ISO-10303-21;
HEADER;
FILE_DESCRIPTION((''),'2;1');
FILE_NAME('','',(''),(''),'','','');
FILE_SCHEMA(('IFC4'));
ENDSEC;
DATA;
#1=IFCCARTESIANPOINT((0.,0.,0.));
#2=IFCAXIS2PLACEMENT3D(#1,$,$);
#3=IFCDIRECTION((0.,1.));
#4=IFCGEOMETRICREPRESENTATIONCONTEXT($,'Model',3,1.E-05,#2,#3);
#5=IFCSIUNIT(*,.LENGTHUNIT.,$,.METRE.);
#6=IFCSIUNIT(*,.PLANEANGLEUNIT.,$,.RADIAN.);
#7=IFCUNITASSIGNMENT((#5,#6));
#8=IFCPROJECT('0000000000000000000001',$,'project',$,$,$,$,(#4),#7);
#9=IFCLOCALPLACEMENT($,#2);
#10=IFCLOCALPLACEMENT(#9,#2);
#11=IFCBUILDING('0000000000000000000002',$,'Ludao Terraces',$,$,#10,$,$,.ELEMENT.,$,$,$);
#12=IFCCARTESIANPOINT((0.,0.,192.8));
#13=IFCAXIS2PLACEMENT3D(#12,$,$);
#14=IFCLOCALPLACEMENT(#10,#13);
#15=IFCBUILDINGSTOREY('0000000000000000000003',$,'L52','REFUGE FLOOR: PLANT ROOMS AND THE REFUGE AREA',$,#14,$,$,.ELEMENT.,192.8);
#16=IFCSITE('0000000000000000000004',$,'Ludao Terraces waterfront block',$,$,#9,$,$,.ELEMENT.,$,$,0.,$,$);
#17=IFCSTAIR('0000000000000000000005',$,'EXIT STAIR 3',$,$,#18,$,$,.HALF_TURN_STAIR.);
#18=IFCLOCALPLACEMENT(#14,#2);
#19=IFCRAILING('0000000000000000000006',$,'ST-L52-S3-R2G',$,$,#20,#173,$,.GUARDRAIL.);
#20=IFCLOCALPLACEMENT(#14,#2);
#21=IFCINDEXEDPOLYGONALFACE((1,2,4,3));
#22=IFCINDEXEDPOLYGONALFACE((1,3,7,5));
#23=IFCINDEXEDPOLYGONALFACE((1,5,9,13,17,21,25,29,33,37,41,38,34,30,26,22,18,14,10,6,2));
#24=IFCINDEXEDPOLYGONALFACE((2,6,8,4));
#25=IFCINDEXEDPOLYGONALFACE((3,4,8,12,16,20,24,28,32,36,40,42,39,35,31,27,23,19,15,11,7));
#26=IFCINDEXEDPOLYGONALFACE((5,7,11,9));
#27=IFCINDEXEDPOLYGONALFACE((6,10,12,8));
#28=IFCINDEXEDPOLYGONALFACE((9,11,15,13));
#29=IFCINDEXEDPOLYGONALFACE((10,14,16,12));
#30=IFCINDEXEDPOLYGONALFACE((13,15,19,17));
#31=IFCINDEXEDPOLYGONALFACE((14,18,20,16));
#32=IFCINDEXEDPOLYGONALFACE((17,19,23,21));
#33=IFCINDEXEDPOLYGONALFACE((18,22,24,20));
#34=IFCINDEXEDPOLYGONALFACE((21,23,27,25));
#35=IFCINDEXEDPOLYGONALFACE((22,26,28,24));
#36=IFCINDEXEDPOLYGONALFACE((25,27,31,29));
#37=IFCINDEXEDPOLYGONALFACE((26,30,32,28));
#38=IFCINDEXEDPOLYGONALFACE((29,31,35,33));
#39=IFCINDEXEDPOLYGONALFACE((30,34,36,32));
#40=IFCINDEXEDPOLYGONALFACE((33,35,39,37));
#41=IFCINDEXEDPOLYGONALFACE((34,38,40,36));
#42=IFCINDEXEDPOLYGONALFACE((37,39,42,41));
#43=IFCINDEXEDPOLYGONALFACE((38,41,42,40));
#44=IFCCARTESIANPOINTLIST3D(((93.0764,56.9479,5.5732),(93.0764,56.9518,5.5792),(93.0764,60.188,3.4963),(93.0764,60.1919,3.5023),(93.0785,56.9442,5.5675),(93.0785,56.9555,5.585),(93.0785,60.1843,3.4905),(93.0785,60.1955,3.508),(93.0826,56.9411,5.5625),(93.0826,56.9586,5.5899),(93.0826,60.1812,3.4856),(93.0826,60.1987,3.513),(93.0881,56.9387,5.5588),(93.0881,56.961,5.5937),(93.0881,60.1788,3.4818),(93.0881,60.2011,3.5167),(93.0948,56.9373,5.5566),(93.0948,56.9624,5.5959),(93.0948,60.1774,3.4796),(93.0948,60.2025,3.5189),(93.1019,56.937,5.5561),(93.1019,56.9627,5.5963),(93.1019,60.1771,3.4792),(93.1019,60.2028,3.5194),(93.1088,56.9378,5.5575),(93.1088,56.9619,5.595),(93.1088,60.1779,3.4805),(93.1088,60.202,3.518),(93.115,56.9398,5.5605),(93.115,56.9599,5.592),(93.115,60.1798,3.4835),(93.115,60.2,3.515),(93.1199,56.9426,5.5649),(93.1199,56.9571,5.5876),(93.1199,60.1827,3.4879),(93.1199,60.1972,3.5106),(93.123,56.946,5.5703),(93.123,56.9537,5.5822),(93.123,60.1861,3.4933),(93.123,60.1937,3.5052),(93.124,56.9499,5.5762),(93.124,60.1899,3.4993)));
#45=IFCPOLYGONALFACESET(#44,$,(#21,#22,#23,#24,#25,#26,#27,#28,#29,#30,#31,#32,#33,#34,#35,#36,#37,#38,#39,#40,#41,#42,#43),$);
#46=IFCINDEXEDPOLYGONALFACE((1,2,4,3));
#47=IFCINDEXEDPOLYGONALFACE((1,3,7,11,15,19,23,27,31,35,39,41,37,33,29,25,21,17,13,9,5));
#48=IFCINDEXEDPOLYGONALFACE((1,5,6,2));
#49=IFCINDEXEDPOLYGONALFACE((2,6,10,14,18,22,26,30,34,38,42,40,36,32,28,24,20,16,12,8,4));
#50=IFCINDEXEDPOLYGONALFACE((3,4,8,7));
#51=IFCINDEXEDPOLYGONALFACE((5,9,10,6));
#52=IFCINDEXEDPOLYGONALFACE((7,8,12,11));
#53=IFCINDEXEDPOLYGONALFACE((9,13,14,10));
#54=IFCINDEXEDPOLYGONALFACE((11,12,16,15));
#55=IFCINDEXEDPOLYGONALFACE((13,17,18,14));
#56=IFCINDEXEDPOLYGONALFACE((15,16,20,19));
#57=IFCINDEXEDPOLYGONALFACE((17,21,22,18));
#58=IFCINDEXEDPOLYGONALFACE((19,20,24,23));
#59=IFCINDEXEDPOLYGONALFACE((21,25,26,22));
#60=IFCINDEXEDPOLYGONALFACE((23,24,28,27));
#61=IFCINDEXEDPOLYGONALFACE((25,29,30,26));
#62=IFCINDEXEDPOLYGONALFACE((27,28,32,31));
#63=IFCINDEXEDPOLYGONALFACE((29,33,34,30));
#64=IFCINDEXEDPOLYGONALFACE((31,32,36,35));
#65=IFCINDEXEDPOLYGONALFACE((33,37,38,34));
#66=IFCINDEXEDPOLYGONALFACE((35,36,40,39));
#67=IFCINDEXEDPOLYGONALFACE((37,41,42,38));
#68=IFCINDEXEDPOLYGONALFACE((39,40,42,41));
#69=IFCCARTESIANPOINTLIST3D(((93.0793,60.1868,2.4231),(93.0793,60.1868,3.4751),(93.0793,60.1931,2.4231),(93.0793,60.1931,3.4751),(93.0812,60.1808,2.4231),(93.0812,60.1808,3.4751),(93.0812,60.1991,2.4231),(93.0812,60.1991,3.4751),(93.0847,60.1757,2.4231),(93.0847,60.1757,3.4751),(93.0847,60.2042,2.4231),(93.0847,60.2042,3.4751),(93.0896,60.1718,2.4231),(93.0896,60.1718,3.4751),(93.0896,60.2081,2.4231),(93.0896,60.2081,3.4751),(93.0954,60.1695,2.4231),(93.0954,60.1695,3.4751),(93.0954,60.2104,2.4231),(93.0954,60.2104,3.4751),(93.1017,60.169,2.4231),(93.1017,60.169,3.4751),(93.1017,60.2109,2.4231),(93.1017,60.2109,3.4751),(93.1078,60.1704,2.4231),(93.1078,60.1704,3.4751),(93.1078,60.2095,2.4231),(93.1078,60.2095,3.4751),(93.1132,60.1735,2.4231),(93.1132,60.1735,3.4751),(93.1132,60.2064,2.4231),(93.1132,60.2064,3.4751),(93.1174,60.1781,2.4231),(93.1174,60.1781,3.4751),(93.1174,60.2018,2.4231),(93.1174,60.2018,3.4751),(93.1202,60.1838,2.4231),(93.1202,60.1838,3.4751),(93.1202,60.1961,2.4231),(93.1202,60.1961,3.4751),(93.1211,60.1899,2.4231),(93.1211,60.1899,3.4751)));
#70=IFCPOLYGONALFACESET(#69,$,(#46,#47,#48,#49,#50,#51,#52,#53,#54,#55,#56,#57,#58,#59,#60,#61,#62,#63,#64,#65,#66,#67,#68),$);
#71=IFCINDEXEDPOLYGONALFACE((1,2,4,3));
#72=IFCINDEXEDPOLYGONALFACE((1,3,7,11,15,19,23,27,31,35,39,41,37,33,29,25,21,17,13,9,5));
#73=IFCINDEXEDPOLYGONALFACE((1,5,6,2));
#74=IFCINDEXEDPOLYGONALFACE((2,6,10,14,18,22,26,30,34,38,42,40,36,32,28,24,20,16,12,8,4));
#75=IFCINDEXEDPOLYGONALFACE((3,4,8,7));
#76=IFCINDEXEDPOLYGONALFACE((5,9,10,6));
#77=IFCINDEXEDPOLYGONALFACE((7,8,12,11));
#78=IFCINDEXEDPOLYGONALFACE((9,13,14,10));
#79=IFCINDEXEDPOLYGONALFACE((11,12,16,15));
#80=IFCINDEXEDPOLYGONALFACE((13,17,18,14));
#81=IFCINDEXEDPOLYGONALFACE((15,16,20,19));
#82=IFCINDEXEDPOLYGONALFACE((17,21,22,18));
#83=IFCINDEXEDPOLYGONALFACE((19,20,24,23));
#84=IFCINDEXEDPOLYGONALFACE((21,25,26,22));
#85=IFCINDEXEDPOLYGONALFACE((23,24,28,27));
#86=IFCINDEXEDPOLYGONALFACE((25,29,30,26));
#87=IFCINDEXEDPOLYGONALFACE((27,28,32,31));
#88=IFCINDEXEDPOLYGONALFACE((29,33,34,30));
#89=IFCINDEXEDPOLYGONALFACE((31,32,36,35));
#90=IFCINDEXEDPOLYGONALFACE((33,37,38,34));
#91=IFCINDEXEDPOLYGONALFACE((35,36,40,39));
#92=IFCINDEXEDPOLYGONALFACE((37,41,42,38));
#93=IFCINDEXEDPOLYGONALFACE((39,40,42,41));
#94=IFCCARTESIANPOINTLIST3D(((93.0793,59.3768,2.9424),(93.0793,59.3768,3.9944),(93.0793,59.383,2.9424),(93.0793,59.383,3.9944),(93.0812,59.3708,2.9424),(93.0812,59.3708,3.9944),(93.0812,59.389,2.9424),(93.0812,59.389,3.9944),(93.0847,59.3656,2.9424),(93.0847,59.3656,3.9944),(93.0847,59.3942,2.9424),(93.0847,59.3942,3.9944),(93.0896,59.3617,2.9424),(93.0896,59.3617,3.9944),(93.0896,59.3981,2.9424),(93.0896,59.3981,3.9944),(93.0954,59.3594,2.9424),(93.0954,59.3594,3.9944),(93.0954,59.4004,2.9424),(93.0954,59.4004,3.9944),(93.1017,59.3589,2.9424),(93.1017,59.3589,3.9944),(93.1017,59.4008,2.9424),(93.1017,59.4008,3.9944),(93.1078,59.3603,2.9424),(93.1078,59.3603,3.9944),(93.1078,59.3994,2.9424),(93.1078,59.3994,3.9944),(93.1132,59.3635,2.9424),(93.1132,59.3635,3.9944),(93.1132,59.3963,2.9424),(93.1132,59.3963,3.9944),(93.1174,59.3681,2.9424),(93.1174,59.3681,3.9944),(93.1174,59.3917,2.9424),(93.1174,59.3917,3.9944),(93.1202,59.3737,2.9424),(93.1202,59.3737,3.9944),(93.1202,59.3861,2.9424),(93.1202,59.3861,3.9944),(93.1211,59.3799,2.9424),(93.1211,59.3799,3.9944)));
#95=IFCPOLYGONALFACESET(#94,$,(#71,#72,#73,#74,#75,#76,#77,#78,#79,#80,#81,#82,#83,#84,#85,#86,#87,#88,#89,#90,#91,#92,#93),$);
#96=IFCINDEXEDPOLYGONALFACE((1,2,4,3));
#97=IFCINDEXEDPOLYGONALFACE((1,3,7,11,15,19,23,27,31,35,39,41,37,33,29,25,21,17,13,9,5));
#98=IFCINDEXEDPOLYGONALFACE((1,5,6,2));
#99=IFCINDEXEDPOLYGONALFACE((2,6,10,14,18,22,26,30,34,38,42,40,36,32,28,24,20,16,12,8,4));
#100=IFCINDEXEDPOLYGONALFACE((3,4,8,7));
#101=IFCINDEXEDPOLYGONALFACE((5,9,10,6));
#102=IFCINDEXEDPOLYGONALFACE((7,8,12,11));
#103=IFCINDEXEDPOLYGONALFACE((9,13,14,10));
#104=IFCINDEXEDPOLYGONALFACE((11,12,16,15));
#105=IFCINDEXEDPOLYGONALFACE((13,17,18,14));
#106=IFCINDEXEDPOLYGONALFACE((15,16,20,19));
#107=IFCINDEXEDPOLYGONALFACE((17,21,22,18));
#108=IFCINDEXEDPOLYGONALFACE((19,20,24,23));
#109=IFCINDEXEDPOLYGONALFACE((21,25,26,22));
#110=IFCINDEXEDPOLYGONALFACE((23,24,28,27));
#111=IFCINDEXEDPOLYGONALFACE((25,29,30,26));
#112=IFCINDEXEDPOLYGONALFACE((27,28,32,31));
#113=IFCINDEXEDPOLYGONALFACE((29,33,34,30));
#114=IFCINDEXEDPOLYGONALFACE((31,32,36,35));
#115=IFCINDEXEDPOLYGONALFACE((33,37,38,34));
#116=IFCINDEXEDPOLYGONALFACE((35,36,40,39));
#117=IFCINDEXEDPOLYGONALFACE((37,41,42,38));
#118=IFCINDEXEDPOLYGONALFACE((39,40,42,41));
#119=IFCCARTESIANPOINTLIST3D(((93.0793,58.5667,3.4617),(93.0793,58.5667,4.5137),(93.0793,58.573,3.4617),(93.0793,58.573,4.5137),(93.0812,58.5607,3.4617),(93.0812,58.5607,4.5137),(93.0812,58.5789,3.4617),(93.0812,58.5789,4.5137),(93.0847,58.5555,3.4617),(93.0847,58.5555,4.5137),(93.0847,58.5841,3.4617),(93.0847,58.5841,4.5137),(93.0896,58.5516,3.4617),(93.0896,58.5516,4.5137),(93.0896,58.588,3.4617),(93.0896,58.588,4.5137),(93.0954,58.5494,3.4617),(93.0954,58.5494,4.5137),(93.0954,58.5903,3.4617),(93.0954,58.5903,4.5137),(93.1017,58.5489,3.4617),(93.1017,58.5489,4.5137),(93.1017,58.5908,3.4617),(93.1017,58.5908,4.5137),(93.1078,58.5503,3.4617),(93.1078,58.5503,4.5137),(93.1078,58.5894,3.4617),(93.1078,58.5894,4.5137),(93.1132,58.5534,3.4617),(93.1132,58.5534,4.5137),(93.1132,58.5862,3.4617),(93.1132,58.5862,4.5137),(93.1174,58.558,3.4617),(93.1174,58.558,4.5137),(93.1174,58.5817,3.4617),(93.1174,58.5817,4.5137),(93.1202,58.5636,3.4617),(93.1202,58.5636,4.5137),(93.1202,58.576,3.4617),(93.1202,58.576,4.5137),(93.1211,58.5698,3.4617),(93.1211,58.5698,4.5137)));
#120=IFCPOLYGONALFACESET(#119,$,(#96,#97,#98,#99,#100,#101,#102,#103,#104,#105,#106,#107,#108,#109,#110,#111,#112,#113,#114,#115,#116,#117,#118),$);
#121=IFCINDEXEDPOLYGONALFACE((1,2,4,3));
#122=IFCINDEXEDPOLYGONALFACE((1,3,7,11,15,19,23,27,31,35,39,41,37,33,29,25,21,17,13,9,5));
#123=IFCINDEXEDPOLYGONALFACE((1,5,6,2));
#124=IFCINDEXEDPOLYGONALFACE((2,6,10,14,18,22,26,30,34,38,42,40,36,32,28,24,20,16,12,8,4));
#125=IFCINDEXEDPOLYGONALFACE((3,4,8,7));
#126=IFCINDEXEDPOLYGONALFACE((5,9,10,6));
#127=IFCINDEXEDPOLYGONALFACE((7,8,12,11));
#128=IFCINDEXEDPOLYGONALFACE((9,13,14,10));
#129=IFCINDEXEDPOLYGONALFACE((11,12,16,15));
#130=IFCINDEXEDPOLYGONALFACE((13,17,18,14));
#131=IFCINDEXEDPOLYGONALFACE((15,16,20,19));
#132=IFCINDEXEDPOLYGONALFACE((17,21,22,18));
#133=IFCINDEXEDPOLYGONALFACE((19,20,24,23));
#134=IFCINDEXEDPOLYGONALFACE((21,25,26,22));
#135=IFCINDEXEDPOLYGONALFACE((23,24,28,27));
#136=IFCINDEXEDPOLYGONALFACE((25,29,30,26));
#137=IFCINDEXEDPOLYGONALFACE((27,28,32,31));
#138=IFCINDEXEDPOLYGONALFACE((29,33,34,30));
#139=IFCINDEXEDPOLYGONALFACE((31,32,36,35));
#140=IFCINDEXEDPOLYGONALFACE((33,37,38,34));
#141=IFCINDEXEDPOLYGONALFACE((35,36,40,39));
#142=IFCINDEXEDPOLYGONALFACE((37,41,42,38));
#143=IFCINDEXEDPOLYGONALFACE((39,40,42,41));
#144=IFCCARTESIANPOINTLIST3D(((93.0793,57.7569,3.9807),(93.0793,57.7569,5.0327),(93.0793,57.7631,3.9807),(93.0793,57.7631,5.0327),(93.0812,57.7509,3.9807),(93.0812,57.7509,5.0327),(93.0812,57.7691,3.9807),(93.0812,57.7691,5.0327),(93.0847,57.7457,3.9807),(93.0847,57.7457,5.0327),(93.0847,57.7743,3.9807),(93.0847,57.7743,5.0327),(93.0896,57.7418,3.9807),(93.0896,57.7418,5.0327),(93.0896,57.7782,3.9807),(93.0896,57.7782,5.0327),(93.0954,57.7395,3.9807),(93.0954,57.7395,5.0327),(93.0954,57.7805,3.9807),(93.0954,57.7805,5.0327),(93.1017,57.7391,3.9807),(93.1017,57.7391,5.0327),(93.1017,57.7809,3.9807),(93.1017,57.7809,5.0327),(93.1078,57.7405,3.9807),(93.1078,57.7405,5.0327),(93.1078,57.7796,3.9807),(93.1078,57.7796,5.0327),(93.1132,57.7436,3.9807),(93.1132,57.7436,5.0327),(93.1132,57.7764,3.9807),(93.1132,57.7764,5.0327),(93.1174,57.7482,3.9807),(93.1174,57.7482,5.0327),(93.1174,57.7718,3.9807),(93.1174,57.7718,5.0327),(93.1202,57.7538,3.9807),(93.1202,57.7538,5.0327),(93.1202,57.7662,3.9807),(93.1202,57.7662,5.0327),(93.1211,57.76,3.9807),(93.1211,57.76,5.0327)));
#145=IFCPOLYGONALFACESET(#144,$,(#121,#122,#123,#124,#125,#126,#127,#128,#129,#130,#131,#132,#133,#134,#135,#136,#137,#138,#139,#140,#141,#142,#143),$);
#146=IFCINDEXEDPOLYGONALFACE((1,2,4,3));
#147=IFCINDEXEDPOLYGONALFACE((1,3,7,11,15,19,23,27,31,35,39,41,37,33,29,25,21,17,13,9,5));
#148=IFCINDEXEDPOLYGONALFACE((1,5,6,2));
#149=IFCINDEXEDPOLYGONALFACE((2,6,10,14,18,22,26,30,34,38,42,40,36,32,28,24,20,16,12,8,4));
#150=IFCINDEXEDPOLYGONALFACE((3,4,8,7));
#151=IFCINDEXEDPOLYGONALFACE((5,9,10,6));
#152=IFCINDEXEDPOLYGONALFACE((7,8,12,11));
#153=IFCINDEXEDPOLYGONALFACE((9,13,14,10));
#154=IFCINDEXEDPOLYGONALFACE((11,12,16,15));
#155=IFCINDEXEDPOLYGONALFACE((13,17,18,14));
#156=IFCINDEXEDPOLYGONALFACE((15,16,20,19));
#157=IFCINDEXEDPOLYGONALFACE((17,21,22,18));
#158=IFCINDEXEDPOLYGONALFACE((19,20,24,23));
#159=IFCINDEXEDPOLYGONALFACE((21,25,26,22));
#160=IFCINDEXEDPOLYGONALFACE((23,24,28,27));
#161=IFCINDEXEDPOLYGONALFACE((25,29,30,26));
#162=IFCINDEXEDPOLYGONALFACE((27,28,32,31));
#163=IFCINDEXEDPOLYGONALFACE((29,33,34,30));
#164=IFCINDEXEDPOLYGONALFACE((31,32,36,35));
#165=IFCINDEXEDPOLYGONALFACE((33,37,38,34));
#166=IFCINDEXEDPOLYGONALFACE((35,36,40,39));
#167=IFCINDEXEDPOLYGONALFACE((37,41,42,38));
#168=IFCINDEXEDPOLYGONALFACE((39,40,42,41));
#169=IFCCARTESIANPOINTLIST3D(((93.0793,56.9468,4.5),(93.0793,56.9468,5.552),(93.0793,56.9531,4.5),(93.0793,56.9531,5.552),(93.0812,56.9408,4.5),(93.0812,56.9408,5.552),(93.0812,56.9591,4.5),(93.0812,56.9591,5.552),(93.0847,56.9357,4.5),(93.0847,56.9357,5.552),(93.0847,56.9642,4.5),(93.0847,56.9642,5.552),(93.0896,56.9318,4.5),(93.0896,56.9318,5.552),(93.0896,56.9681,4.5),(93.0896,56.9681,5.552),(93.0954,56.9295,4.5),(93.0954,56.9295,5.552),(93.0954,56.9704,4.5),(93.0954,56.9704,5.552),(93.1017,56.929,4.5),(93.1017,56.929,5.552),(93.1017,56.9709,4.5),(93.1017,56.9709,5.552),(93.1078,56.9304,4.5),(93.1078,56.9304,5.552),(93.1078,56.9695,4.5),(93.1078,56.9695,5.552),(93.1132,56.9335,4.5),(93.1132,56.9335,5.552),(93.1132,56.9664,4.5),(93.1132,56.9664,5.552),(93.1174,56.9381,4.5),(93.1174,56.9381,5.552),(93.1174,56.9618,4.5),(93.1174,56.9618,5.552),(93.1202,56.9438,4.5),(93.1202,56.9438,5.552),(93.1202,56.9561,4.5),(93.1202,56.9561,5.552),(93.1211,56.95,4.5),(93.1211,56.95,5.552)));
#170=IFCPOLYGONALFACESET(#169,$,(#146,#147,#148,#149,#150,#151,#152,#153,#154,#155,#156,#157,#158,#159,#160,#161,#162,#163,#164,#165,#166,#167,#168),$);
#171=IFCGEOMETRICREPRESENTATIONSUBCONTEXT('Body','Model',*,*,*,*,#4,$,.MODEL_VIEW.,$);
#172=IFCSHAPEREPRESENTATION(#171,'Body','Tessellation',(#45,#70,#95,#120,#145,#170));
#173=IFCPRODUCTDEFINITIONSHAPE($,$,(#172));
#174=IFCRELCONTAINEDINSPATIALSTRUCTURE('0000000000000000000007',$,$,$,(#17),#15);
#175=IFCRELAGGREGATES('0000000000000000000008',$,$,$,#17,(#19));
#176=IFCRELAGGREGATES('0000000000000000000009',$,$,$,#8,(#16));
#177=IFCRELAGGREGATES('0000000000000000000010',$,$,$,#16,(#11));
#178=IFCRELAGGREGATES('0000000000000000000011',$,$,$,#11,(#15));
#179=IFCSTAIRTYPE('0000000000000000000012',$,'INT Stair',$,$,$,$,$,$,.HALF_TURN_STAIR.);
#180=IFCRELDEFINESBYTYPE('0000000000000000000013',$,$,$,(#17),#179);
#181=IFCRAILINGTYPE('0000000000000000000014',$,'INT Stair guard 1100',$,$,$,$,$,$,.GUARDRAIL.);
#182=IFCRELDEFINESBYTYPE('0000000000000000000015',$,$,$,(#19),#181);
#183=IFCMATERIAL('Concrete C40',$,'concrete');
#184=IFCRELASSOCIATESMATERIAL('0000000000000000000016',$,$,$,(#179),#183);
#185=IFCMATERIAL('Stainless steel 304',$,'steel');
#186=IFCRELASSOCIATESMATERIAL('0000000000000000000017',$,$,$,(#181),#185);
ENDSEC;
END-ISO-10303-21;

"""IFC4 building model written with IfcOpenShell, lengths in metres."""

from ifc_helpers import new_model, si_unit, direction, frame, origin, origin_2d, place, context, subcontext, project, spatial, circle, extrude, material, type_object, element, aggregate, save


model = new_model("IFC4")

# Units and contexts
model_context = context("Model", 3, precision=1e-05, world=origin(), true_north=direction((0.0, 1.0)))
body_context = subcontext(model_context, "Body", "Model", "MODEL_VIEW")
ifc_project = project(units=[si_unit("LENGTHUNIT", "METRE"), si_unit("PLANEANGLEUNIT", "RADIAN")], contexts=[model_context])

# Site, building, storey
site_placement = place(None, origin())
site = spatial("IfcSite", under=ifc_project, at=site_placement, Name="Ludao Terraces waterfront block", CompositionType="ELEMENT", RefElevation=0.0)
building_placement = place(site_placement, origin())
building = spatial("IfcBuilding", under=site, at=building_placement, Name="Ludao Terraces", CompositionType="ELEMENT")
storey_placement = place(building_placement, frame((0.0, 0.0, 192.8)))
storey = spatial("IfcBuildingStorey", under=building, at=storey_placement, Name="L52", Description="REFUGE FLOOR: PLANT ROOMS AND THE REFUGE AREA", CompositionType="ELEMENT", Elevation=192.8)

# Stair, railing
ifc_material_1 = material(Name="Concrete C40", Category="concrete")
stair_type = type_object("IfcStairType", Name="INT Stair", PredefinedType="HALF_TURN_STAIR", material=ifc_material_1)
stair_placement = place(storey_placement, origin())
stair = element("IfcStair", 1, at=stair_placement, inside=storey, type_object=stair_type, Name="EXIT STAIR 3", PredefinedType="HALF_TURN_STAIR")
ifc_material_2 = material(Name="Stainless steel 304", Category="steel")
railing_type_1 = type_object("IfcRailingType", Name="INT Stair guard 1100", PredefinedType="GUARDRAIL", material=ifc_material_2)
railing_1_placement = place(storey_placement, frame((93.1001, 60.1899, 2.4231)))
railing_1 = element("IfcRailing", 2, at=railing_1_placement, type_object=railing_type_1, Name="ST-L52-S3-R2G", PredefinedType="GUARDRAIL", context=body_context, shape_type="SweptSolid", body=[
    extrude(circle(Radius=0.0239, at=origin_2d()), frame((0.0, 0.0, 1.0762), z_axis=(0.0, -0.841881, 0.539664), x_axis=(1.0, 0.0, 0.0)), (0.0, 0.0, 1.0), 3.8486),
    extrude(circle(Radius=0.021, at=origin_2d()), origin(), (0.0, 0.0, 1.0), 1.052),
    extrude(circle(Radius=0.021, at=origin_2d()), frame((0.0, -0.8101, 0.5193)), (0.0, 0.0, 1.0), 1.052),
    extrude(circle(Radius=0.021, at=origin_2d()), frame((0.0, -1.6201, 1.0386)), (0.0, 0.0, 1.0), 1.052),
    extrude(circle(Radius=0.021, at=origin_2d()), frame((0.0, -2.4299, 1.5576)), (0.0, 0.0, 1.0), 1.052),
    extrude(circle(Radius=0.021, at=origin_2d()), frame((0.0, -3.24, 2.0769)), (0.0, 0.0, 1.0), 1.052),
])
aggregate(stair, [railing_1])

save(model, "model.ifc")
